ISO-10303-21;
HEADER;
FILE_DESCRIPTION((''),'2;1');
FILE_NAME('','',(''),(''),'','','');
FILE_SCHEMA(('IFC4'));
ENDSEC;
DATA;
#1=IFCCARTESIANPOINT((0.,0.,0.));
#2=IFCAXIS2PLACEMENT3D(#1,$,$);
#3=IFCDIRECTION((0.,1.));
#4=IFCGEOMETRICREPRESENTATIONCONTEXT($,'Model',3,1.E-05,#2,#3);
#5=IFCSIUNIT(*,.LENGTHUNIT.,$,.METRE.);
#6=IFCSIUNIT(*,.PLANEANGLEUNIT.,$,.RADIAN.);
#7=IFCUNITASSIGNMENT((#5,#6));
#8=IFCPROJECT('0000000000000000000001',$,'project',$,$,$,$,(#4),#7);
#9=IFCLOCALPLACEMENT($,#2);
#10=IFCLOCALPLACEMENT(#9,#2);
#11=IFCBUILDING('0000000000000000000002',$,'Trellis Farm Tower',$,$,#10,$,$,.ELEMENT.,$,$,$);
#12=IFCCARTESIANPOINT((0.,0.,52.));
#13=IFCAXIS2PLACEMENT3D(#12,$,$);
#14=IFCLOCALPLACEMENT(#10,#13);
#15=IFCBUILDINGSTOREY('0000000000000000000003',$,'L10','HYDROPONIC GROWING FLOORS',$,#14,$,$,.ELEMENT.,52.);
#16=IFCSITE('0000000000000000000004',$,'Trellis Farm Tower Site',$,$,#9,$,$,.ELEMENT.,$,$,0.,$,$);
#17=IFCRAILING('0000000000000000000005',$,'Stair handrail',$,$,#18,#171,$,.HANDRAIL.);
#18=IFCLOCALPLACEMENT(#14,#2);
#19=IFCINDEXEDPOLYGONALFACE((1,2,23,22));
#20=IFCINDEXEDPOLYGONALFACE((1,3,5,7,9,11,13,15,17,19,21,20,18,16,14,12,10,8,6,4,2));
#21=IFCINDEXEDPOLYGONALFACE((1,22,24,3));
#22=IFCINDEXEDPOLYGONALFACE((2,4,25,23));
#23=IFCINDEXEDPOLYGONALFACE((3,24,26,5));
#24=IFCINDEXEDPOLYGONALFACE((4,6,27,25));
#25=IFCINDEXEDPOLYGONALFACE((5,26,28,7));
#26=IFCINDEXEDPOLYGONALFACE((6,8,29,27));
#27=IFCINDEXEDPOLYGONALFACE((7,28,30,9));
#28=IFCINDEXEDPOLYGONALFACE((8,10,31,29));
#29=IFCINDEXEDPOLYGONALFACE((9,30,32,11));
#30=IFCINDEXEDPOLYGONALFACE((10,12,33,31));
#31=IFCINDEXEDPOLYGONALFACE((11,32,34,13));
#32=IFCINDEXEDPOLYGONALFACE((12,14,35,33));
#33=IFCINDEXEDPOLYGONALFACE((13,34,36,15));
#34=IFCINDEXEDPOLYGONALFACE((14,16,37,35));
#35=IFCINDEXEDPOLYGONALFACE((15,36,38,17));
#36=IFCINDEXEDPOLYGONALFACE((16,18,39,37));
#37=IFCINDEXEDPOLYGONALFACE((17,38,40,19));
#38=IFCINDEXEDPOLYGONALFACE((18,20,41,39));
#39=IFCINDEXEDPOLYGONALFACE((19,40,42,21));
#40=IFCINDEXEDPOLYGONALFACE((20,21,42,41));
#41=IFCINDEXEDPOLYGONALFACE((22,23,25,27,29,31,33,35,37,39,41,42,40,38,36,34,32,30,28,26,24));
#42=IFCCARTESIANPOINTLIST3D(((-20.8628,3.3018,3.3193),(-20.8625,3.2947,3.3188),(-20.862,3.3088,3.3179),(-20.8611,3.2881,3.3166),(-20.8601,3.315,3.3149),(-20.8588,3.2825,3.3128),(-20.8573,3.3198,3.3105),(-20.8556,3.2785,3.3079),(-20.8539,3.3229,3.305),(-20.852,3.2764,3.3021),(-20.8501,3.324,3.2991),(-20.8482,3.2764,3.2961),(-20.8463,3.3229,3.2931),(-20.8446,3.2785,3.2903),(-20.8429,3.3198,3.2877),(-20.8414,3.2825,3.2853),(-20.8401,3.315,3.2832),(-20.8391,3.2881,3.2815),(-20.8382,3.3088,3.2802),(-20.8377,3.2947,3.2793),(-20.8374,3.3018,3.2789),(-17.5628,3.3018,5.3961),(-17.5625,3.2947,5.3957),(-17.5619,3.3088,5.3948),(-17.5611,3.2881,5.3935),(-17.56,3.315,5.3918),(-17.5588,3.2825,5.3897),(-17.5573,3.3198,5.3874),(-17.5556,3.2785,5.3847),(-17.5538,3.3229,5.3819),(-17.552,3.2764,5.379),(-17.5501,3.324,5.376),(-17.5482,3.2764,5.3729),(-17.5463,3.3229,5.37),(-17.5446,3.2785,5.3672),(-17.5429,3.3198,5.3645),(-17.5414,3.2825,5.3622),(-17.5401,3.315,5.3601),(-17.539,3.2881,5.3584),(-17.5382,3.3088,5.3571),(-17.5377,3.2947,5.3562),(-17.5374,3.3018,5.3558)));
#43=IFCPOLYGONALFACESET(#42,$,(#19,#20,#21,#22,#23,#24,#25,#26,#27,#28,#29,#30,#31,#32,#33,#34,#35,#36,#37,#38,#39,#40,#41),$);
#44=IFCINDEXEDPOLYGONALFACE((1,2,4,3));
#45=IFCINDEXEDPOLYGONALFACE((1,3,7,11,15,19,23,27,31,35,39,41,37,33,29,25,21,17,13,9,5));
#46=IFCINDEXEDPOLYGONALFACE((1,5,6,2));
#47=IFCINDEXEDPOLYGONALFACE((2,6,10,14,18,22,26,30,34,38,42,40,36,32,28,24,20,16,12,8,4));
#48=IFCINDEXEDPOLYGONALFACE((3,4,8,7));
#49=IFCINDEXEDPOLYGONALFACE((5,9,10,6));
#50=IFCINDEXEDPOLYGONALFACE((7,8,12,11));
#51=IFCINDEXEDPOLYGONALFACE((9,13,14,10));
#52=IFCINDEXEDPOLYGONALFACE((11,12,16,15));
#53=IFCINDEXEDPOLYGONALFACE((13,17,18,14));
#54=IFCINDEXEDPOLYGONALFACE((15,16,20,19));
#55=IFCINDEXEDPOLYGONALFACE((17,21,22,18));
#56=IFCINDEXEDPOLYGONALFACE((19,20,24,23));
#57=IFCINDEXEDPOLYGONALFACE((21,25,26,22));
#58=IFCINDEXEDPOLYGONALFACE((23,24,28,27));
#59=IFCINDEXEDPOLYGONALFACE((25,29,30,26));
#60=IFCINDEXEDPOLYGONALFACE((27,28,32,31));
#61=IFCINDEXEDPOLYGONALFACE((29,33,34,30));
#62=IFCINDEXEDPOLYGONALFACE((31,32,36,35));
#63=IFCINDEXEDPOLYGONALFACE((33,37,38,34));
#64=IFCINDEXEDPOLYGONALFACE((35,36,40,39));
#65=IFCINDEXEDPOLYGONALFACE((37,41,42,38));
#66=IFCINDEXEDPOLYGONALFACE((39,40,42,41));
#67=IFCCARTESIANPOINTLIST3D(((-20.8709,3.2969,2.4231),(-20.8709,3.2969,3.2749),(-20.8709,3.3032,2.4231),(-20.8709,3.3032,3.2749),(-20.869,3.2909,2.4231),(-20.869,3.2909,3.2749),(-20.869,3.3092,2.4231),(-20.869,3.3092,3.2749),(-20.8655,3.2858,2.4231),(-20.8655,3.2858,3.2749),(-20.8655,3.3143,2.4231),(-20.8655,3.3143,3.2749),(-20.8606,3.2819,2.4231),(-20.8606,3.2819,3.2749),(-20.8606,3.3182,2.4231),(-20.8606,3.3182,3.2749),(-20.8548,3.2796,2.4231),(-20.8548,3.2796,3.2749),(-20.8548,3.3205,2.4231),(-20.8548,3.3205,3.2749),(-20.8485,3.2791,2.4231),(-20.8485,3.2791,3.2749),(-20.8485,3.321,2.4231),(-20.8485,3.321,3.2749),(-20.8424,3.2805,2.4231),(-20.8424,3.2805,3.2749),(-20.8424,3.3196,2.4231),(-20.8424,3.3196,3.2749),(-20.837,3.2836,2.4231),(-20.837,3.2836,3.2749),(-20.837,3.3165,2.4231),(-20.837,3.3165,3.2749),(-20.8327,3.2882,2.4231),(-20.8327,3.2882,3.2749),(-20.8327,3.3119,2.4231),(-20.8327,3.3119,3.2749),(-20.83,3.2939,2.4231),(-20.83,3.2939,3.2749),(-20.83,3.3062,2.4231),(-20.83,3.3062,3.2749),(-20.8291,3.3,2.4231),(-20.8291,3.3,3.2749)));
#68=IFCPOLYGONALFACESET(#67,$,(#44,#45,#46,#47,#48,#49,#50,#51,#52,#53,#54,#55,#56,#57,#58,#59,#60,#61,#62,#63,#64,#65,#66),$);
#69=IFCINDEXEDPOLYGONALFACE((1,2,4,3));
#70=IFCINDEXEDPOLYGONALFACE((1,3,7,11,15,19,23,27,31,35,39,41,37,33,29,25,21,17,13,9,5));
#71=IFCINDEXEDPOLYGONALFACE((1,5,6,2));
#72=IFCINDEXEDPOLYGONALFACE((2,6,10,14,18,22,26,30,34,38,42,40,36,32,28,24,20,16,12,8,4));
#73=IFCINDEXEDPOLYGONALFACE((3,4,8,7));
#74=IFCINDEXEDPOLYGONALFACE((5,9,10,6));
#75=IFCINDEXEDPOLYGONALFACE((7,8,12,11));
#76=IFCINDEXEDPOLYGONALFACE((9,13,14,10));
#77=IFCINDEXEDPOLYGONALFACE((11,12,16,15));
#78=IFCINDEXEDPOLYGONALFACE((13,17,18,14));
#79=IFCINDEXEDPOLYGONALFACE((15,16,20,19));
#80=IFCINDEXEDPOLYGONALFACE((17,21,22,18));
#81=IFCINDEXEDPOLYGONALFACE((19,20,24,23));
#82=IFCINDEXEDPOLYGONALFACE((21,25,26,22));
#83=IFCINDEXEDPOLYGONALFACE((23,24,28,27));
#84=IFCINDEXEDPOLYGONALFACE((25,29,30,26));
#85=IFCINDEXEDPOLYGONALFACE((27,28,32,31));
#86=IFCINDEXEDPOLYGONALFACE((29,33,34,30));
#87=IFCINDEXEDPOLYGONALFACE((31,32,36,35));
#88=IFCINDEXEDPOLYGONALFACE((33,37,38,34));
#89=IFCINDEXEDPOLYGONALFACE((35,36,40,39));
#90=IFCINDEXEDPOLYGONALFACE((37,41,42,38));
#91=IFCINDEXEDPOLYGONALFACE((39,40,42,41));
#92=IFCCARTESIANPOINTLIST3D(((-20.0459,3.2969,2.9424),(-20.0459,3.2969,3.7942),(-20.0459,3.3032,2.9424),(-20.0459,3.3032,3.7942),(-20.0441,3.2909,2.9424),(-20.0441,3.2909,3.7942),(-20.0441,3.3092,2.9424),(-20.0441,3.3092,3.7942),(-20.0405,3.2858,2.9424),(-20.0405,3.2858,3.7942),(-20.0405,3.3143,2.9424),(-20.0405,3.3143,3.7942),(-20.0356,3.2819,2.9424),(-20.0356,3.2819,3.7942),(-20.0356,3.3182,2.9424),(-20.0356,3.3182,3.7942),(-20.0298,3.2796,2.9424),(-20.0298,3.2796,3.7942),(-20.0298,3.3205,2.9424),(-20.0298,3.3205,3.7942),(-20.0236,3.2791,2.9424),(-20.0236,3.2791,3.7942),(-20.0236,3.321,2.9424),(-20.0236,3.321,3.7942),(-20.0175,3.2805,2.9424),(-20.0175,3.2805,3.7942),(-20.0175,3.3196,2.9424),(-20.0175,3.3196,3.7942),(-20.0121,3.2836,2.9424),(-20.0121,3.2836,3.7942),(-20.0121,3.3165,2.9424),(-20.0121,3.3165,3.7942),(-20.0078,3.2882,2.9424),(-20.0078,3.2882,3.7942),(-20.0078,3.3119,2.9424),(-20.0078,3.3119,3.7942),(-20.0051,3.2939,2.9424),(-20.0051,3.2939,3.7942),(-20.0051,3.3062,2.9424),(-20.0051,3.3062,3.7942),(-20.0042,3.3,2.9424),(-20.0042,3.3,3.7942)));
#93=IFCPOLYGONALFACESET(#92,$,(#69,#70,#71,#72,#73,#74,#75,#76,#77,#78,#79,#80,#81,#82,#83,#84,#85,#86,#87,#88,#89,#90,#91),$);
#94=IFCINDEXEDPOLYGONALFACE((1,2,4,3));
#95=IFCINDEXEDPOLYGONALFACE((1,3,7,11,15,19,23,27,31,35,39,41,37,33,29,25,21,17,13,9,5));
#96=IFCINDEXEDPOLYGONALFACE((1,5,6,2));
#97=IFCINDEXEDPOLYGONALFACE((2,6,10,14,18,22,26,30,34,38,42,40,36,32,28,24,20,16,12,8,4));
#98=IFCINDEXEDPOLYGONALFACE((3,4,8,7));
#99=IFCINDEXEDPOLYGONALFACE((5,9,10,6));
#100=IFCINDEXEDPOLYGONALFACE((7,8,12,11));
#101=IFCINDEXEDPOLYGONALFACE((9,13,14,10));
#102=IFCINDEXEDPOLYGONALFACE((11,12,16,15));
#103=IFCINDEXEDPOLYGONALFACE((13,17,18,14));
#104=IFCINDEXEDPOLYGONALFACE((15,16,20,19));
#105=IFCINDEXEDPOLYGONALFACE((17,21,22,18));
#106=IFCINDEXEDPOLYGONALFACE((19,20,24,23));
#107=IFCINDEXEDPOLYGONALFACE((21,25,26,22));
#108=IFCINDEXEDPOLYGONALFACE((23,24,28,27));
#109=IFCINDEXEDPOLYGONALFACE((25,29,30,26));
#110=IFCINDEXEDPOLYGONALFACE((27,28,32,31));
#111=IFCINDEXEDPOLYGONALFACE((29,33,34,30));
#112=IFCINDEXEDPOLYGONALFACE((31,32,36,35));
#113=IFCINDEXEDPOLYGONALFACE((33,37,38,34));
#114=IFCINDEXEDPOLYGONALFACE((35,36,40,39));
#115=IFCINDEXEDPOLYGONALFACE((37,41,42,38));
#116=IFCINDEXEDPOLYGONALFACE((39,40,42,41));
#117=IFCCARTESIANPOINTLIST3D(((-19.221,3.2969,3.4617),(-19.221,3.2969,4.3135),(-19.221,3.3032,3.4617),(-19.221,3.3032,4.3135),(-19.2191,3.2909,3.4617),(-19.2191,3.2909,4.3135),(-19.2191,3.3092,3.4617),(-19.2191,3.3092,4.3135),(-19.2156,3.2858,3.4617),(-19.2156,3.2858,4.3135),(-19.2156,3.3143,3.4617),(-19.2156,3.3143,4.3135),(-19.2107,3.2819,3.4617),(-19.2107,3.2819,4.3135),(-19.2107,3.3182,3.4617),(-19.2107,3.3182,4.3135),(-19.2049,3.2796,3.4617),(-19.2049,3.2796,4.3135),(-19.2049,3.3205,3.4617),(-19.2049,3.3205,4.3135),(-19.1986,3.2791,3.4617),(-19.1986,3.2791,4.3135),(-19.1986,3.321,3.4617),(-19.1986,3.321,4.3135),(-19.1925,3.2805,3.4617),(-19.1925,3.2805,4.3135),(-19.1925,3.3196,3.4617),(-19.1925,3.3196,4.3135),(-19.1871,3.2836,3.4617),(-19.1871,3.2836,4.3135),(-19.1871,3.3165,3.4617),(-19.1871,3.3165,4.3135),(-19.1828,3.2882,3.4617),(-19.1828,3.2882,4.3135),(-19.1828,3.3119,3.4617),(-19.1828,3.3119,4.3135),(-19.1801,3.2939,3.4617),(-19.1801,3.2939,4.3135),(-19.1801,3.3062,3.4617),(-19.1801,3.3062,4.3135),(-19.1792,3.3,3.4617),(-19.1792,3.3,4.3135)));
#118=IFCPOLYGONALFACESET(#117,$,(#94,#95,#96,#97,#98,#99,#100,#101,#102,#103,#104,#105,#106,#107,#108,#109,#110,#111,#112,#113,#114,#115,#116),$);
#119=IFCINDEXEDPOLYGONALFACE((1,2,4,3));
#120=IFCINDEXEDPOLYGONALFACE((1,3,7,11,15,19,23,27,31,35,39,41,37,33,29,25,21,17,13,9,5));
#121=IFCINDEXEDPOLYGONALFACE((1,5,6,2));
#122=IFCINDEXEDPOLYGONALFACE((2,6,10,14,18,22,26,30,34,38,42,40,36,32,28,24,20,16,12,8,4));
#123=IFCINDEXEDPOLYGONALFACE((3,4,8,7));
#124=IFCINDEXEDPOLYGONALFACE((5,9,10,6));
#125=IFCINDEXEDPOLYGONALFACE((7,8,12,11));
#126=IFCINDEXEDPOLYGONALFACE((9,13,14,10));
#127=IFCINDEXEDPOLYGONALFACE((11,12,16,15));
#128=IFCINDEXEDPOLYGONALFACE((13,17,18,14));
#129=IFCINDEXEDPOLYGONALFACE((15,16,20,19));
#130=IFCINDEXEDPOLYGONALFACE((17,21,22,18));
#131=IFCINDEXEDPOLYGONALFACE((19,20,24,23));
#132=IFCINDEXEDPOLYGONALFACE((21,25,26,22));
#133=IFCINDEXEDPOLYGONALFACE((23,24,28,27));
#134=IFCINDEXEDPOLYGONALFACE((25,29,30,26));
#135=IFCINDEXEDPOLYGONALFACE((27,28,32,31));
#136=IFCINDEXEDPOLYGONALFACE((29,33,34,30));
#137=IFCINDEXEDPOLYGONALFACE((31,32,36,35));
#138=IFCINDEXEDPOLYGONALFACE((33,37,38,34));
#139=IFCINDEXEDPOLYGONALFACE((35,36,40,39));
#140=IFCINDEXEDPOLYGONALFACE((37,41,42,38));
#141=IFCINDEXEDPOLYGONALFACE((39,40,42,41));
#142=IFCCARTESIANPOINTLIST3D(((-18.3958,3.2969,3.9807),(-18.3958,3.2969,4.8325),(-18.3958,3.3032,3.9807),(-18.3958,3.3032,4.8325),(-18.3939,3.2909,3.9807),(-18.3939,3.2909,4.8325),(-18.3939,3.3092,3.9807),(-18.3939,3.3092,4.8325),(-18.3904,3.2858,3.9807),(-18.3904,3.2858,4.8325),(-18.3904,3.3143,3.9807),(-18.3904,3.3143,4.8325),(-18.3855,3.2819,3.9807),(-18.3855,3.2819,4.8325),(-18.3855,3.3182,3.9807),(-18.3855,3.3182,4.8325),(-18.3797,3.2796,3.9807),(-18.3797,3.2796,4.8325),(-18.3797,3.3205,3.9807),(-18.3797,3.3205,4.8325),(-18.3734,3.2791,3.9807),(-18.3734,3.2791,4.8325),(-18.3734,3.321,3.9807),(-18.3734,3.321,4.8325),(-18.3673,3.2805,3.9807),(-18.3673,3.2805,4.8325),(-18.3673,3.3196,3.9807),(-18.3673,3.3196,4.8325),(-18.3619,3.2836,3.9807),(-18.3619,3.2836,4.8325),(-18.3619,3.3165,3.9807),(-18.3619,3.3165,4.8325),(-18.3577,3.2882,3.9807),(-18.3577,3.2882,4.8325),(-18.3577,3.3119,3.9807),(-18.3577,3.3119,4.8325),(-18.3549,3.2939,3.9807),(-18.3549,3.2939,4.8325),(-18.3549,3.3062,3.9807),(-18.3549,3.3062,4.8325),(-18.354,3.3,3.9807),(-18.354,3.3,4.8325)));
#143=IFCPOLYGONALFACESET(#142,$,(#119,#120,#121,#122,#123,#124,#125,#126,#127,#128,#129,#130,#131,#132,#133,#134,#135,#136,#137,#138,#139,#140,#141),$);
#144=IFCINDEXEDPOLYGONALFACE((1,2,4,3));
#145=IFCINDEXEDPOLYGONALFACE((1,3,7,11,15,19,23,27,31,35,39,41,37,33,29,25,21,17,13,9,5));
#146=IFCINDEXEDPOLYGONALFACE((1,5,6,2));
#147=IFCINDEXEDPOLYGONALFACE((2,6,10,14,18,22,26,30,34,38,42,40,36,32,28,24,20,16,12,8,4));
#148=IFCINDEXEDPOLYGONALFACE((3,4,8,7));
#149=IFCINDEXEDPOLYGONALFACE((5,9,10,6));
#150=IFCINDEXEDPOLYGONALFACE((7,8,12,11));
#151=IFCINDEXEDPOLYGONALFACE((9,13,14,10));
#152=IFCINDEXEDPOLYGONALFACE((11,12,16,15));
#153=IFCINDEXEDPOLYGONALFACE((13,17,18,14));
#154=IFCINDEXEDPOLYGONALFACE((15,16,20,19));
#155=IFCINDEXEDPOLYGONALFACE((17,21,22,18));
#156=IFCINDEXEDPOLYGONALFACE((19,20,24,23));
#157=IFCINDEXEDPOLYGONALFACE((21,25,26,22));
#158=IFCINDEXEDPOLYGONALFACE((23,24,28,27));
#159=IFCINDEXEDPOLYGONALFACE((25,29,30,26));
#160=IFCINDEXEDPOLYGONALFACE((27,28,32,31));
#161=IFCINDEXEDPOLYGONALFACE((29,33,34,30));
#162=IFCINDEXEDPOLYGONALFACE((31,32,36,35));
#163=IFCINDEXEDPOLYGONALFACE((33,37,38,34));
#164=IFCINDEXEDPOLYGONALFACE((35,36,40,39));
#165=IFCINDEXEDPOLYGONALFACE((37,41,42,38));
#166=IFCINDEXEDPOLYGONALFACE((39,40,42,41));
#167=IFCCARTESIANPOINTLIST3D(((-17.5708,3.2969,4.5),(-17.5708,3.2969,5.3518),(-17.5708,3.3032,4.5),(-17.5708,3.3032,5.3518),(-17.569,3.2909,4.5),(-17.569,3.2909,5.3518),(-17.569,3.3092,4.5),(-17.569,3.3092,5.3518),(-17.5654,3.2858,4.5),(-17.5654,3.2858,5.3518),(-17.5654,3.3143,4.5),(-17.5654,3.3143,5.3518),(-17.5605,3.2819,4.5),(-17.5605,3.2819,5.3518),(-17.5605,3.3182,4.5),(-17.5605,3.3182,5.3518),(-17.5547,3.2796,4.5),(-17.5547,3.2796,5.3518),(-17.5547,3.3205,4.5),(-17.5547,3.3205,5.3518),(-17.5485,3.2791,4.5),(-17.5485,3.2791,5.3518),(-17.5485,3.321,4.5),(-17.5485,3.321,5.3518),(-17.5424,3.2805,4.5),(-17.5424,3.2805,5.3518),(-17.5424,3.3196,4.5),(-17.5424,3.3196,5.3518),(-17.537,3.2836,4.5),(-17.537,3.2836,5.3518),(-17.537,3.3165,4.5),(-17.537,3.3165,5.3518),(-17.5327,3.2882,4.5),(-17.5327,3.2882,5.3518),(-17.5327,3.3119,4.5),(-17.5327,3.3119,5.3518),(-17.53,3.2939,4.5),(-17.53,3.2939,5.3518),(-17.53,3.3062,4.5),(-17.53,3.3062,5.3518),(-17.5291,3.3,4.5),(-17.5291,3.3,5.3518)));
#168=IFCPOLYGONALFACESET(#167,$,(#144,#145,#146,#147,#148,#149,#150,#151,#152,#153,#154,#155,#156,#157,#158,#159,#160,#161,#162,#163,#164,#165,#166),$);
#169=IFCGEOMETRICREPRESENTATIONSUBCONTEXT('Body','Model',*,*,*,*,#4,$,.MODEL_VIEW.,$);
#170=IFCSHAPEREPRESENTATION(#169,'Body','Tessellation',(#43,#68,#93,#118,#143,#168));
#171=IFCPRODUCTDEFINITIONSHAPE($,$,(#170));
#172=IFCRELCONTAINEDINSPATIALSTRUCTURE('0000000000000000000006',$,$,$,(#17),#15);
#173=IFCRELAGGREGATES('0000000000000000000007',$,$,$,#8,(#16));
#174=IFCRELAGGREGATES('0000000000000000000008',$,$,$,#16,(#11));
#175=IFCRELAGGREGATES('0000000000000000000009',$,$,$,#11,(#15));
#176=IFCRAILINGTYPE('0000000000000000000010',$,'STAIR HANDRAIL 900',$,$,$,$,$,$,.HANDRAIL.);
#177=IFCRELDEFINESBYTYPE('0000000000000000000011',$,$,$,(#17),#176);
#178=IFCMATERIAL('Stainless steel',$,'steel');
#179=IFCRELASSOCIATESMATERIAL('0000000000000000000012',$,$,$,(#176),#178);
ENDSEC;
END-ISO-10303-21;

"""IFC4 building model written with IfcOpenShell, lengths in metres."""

from ifc_helpers import new_model, si_unit, direction, frame, origin, origin_2d, place, context, subcontext, project, spatial, circle, extrude, source, transform, mapped, material, type_object, element, save


model = new_model("IFC4")

# Units and contexts
model_context = context("Model", 3, precision=1e-05, world=origin(), true_north=direction((0.0, 1.0)))
body_context = subcontext(model_context, "Body", "Model", "MODEL_VIEW")
ifc_project = project(units=[si_unit("LENGTHUNIT", "METRE"), si_unit("PLANEANGLEUNIT", "RADIAN")], contexts=[model_context])

# Site, building, storey
site_placement = place(None, origin())
site = spatial("IfcSite", under=ifc_project, at=site_placement, Name="Trellis Farm Tower Site", CompositionType="ELEMENT", RefElevation=0.0)
building_placement = place(site_placement, origin())
building = spatial("IfcBuilding", under=site, at=building_placement, Name="Trellis Farm Tower", CompositionType="ELEMENT")
storey_placement = place(building_placement, frame((0.0, 0.0, 52.0)))
storey = spatial("IfcBuildingStorey", under=building, at=storey_placement, Name="L10", Description="HYDROPONIC GROWING FLOORS", CompositionType="ELEMENT", Elevation=52.0)

# Shared definitions
ifc_material_1 = material(Name="Stainless steel", Category="steel")

# Railing
railing_type = type_object("IfcRailingType", Name="STAIR HANDRAIL 900", PredefinedType="HANDRAIL", material=ifc_material_1)
shared_shape_1 = source(origin(), body_context, "Body", "SweptSolid", [
    extrude(circle(Radius=0.0239, at=origin_2d()), frame((0.0, 0.0, 0.876), z_axis=(0.846337, 0.0, 0.532647), x_axis=(0.0, 1.0, 0.0)), (0.0, 0.0, 1.0), 3.8992),
    extrude(circle(Radius=0.021, at=origin_2d()), origin(), (0.0, 0.0, 1.0), 0.8518),
    extrude(circle(Radius=0.021, at=origin_2d()), frame((0.825, 0.0, 0.5193)), (0.0, 0.0, 1.0), 0.8518),
    extrude(circle(Radius=0.021, at=origin_2d()), frame((1.6499, 0.0, 1.0386)), (0.0, 0.0, 1.0), 0.8518),
    extrude(circle(Radius=0.021, at=origin_2d()), frame((2.4751, 0.0, 1.5576)), (0.0, 0.0, 1.0), 0.8518),
    extrude(circle(Radius=0.021, at=origin_2d()), frame((3.3, 0.0, 2.0769)), (0.0, 0.0, 1.0), 0.8518),
])
for number, where, name in (
    (1, (-20.8501, 3.3, 2.4231), "Stair handrail"),
):
    element("IfcRailing", number, at=place(storey_placement, frame(where)), inside=storey, type_object=railing_type, Name=name, PredefinedType="HANDRAIL", context=body_context, shape_type="MappedRepresentation", body=[
        mapped(shared_shape_1, transform((0.0, 0.0, 0.0))),
    ])

save(model, "model.ifc")
